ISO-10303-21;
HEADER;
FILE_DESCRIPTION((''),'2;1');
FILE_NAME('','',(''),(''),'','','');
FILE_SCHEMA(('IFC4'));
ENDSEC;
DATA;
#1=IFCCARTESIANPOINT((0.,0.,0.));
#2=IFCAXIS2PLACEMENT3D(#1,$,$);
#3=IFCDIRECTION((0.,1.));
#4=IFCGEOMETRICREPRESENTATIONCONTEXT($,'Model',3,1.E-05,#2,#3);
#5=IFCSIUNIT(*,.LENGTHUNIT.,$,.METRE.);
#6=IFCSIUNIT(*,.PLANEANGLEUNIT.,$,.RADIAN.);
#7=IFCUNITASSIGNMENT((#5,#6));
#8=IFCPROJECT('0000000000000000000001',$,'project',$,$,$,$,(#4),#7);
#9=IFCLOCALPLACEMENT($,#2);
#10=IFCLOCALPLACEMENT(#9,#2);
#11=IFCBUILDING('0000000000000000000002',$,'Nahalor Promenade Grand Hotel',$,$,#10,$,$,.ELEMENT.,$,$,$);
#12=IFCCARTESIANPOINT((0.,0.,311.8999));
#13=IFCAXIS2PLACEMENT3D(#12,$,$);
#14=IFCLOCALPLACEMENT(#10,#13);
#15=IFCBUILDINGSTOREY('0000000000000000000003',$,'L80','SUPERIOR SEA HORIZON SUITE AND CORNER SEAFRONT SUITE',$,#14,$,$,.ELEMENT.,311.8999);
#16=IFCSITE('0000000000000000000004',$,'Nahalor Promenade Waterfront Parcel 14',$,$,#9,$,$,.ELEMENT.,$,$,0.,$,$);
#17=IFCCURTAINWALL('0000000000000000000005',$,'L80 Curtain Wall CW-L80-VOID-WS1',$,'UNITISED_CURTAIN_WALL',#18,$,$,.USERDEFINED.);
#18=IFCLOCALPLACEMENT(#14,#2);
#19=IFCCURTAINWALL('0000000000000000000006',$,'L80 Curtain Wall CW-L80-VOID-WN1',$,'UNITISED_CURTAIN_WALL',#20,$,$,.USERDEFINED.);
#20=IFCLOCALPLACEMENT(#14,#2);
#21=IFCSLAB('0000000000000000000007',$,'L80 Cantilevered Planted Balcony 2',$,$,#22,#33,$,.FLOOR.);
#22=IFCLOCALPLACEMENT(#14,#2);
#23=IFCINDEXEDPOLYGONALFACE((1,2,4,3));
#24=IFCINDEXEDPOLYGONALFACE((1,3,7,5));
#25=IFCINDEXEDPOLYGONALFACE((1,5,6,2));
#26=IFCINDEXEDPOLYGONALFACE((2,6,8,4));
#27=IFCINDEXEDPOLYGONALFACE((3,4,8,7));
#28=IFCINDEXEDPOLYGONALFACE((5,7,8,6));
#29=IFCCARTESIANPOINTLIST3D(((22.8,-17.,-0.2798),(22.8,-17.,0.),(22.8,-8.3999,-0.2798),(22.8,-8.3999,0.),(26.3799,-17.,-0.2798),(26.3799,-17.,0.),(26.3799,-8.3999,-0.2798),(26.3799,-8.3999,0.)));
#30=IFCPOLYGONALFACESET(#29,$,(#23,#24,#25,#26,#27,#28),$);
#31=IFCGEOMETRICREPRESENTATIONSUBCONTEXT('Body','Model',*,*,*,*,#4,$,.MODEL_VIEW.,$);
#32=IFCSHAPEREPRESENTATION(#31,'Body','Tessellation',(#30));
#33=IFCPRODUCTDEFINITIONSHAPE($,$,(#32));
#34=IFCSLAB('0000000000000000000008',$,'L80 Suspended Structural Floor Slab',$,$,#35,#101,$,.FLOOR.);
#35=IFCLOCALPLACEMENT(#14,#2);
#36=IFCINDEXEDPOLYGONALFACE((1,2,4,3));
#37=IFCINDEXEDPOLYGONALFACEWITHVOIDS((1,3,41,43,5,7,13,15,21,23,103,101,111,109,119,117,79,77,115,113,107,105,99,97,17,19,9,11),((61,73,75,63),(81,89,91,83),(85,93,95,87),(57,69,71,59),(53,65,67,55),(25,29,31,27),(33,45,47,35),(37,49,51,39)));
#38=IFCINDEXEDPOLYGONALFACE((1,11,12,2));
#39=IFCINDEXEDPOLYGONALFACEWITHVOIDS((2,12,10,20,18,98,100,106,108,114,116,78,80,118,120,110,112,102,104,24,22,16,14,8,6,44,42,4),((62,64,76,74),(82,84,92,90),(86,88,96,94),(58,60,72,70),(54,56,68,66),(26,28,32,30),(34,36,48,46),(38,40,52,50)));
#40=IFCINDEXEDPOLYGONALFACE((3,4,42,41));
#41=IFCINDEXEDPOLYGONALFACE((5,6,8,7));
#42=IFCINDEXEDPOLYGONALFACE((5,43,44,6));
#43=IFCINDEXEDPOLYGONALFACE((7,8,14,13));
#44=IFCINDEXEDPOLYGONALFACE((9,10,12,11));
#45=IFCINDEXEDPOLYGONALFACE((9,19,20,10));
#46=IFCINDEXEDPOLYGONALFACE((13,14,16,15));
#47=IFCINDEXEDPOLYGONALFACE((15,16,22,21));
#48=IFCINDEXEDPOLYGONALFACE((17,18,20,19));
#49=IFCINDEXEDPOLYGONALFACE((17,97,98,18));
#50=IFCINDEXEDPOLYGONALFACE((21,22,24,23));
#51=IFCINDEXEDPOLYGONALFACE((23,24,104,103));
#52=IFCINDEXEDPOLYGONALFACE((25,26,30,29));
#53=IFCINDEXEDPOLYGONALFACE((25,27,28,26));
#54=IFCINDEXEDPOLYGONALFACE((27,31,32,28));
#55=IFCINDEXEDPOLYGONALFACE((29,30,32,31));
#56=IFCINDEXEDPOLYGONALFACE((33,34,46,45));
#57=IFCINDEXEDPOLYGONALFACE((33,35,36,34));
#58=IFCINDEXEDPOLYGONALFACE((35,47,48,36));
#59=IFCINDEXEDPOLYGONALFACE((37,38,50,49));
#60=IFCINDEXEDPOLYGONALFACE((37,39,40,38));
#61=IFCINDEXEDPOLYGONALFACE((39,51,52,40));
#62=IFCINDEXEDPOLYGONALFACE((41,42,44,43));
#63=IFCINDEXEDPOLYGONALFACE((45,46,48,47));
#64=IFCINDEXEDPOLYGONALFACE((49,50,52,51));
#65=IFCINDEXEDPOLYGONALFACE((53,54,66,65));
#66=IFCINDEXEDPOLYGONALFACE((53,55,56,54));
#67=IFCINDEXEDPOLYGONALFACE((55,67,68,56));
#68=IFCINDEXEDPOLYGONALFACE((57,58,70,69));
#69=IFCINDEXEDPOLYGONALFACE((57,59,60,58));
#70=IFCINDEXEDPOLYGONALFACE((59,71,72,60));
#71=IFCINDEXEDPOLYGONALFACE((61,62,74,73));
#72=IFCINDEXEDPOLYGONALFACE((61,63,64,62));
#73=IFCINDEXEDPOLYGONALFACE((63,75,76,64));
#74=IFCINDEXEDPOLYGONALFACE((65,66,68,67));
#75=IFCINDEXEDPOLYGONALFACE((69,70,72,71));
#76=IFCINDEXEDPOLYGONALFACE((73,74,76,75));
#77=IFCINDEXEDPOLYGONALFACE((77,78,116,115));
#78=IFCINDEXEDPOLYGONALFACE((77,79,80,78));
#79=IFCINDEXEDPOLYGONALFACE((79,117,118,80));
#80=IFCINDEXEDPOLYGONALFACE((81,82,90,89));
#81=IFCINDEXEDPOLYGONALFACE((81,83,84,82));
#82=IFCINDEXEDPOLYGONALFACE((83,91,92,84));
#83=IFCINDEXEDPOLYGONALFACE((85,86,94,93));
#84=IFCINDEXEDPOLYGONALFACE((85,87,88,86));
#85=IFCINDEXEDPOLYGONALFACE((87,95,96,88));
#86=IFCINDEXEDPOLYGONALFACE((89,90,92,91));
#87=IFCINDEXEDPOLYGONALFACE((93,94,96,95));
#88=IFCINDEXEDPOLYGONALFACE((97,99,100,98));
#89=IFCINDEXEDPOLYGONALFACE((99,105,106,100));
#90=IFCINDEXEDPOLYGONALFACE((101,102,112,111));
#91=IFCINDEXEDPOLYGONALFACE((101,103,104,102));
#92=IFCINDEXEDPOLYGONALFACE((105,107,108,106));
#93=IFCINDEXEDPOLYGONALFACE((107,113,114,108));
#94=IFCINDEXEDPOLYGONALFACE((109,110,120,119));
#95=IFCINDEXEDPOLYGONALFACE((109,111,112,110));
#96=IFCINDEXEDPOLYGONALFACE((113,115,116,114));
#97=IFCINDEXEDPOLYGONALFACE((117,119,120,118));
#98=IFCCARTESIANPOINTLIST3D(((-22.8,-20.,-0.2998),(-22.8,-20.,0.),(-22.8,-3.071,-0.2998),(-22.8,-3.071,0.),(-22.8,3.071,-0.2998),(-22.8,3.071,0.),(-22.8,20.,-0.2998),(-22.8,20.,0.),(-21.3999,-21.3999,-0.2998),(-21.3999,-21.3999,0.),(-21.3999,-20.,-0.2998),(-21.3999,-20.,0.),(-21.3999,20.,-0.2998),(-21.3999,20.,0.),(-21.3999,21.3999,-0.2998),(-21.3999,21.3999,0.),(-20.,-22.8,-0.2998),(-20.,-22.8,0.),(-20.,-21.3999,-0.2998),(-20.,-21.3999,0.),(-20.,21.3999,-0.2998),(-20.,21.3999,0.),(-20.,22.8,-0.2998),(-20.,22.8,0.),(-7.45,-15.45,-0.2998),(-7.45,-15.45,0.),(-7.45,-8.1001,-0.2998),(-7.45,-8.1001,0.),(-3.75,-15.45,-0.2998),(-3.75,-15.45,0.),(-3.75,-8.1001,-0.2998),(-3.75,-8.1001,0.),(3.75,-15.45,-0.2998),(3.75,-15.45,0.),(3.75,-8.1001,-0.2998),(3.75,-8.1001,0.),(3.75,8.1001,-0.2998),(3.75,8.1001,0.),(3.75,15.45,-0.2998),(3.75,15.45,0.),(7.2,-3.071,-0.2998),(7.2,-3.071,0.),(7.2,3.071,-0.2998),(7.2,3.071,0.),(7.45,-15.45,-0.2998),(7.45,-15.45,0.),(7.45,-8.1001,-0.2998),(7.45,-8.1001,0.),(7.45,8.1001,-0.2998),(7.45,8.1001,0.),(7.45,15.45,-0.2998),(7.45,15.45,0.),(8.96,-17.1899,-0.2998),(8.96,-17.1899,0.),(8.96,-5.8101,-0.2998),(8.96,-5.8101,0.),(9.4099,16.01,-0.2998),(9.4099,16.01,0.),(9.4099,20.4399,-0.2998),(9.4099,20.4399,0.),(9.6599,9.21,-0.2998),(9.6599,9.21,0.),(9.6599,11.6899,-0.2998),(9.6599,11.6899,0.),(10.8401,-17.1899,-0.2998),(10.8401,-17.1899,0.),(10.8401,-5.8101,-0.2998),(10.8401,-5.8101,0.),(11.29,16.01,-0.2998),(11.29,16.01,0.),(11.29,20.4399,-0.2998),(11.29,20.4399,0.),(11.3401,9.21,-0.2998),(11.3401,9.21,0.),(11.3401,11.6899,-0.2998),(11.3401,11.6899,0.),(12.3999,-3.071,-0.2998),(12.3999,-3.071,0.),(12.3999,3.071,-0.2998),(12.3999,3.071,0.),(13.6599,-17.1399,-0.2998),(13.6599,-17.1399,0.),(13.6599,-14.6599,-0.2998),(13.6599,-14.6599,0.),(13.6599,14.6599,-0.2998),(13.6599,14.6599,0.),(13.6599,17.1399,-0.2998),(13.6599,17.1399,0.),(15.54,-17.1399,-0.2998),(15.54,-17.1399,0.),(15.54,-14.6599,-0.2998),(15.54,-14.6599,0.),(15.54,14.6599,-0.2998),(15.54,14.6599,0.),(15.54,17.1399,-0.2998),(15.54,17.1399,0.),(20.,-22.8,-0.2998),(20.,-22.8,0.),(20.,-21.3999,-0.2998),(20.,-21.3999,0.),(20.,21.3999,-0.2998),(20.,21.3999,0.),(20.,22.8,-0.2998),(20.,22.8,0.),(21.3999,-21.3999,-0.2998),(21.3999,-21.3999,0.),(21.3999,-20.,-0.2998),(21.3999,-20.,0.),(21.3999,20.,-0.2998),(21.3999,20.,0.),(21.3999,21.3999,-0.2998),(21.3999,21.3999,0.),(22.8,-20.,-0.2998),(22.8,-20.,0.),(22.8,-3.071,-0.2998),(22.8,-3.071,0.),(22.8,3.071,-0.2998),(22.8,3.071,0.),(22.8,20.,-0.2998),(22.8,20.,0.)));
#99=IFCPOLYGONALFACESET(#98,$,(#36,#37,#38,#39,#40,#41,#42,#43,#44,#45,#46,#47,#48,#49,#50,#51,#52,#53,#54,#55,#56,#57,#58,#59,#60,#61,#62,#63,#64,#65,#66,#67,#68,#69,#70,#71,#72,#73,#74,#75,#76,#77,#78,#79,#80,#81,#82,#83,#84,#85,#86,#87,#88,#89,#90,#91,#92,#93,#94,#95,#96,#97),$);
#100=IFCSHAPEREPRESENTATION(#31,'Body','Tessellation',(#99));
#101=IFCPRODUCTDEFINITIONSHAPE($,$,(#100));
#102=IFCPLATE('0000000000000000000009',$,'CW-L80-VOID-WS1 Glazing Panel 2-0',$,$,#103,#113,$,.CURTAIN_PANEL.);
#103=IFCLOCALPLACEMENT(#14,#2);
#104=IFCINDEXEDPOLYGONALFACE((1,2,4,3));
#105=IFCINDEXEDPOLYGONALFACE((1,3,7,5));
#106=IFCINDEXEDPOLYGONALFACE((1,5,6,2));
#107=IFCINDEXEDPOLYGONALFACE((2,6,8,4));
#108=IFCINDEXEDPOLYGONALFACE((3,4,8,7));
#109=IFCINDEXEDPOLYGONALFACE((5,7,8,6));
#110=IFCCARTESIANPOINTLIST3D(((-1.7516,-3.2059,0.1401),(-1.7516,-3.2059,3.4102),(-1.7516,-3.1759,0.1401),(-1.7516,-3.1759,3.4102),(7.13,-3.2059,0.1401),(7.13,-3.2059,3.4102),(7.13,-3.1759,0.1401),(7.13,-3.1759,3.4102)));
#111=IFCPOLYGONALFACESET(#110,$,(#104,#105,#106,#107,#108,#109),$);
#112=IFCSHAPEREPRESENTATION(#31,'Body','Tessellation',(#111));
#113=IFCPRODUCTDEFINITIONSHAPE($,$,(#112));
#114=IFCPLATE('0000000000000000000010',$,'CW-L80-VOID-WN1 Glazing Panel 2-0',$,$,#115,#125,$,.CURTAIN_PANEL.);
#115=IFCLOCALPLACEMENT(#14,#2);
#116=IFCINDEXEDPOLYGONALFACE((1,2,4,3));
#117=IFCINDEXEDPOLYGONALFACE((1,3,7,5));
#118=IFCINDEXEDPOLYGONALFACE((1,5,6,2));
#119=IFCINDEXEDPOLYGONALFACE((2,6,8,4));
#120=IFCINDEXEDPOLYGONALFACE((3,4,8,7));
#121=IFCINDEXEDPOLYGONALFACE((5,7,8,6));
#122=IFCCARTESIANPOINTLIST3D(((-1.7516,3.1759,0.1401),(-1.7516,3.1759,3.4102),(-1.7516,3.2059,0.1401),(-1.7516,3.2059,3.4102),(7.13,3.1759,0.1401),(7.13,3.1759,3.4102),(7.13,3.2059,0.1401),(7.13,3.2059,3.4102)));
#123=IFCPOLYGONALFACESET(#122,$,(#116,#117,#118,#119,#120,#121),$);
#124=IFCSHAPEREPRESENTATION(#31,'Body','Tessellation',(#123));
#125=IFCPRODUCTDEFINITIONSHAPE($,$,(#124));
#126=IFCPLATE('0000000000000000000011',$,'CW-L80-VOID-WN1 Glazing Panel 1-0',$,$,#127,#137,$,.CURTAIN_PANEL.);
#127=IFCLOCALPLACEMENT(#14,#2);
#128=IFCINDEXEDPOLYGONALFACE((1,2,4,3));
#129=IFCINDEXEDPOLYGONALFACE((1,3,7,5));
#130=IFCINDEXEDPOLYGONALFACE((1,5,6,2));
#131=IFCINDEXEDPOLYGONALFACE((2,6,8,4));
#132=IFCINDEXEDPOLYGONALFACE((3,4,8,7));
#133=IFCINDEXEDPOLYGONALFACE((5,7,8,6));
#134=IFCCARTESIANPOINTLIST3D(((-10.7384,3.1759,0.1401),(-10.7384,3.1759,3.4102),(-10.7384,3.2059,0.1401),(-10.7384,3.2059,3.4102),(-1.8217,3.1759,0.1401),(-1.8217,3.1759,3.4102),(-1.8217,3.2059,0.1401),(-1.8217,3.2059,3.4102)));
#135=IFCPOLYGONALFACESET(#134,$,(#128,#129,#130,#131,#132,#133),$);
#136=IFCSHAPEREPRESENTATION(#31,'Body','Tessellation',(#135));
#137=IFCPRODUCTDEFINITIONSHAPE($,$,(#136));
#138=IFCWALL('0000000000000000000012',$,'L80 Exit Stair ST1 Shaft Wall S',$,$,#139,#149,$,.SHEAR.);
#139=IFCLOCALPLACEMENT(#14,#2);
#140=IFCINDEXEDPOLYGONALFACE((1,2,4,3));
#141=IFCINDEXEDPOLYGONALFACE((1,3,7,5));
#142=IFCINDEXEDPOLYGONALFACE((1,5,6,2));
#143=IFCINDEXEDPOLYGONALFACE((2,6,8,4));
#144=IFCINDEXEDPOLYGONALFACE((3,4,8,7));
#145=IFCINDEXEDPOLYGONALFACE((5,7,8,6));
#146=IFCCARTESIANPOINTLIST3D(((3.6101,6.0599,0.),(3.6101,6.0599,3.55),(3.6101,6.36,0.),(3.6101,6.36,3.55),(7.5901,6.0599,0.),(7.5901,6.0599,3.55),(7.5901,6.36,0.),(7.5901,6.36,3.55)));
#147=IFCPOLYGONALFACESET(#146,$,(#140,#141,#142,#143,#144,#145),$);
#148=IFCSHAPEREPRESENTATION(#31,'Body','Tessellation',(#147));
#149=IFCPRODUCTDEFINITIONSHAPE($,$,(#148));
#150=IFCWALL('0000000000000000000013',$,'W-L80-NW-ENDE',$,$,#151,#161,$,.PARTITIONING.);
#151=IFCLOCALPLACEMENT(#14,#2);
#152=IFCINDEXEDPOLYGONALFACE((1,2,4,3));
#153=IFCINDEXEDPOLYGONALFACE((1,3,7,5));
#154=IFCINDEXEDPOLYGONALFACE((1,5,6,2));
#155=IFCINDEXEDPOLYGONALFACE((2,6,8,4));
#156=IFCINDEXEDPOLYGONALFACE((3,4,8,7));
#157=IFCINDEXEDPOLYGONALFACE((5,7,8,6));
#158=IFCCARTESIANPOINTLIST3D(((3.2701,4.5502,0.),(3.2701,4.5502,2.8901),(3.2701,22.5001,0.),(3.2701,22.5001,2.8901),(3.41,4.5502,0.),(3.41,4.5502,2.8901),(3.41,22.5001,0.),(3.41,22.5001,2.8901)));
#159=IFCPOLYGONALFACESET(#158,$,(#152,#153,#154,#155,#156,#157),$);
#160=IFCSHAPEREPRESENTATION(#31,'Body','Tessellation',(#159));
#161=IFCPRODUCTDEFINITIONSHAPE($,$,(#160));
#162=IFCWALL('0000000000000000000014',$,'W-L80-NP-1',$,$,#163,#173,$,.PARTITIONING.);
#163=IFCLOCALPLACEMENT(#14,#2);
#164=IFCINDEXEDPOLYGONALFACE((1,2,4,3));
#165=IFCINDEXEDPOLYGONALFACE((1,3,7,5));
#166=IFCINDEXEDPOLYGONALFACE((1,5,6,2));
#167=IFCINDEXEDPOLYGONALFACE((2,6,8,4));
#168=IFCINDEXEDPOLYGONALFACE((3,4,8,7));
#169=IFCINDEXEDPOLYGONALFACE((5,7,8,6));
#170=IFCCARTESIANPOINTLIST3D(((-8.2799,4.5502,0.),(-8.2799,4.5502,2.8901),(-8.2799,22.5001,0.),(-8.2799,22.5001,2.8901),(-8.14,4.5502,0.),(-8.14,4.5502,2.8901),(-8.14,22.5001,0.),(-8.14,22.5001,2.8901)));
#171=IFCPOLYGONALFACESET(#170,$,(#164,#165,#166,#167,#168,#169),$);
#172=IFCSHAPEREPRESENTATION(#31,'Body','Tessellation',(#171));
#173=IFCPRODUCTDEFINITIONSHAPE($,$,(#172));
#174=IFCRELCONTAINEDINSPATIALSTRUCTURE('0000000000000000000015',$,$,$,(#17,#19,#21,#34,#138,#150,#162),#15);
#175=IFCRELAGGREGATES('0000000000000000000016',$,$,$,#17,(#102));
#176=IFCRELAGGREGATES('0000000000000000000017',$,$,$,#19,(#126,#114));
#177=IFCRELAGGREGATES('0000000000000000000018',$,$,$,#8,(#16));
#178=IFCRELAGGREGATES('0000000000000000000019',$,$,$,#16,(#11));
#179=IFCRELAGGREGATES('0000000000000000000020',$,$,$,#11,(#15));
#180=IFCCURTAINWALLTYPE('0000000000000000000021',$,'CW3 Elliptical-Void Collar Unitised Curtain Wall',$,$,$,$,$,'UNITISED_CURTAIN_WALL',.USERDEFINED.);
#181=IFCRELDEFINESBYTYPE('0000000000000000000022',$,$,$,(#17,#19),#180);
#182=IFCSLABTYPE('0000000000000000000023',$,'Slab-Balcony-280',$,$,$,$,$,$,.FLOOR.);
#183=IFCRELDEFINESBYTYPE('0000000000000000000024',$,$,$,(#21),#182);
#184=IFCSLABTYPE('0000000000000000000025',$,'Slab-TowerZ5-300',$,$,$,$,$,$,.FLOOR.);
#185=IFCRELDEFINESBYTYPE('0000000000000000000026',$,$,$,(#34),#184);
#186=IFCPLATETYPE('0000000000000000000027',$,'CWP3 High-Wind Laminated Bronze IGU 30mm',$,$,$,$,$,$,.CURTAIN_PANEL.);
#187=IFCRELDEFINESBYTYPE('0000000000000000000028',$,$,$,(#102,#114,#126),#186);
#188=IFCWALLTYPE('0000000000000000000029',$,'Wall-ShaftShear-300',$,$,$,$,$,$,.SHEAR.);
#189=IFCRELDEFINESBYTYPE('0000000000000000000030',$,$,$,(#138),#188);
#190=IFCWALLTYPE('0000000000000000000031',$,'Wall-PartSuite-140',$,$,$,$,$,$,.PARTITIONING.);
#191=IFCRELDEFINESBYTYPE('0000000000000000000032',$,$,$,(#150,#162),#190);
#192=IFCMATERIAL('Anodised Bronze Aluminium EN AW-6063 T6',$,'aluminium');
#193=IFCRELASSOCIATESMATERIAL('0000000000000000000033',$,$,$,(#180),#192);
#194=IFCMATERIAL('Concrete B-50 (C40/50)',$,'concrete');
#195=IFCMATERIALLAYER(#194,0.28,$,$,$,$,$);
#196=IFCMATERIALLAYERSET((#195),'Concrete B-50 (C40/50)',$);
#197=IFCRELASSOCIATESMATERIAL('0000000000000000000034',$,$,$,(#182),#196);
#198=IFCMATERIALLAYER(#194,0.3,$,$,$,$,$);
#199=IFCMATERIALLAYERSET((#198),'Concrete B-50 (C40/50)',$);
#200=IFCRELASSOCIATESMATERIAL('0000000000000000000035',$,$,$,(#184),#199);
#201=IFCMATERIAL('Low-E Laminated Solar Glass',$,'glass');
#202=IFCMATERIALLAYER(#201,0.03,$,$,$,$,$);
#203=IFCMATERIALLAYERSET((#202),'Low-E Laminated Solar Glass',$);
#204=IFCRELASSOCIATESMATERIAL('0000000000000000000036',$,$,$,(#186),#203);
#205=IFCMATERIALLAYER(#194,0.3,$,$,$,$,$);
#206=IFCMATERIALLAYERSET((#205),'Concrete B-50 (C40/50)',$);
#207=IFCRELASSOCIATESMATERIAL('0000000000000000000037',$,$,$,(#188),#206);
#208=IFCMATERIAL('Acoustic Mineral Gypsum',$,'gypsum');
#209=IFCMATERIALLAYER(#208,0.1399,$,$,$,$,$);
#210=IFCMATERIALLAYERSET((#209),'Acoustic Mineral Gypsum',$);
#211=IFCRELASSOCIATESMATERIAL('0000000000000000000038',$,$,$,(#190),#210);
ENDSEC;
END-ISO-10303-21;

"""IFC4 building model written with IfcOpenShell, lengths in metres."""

from ifc_helpers import new_model, si_unit, direction, frame, frame_2d, origin, origin_2d, place, context, subcontext, project, spatial, polyline, rectangle, outline, extrude, source, transform, mapped, material, layer, layer_set, type_object, element, aggregate, save


model = new_model("IFC4")

# Units and contexts
model_context = context("Model", 3, precision=1e-05, world=origin(), true_north=direction((0.0, 1.0)))
body_context = subcontext(model_context, "Body", "Model", "MODEL_VIEW")
ifc_project = project(units=[si_unit("LENGTHUNIT", "METRE"), si_unit("PLANEANGLEUNIT", "RADIAN")], contexts=[model_context])

# Site, building, storey
site_placement = place(None, origin())
site = spatial("IfcSite", under=ifc_project, at=site_placement, Name="Nahalor Promenade Waterfront Parcel 14", CompositionType="ELEMENT", RefElevation=0.0)
building_placement = place(site_placement, origin())
building = spatial("IfcBuilding", under=site, at=building_placement, Name="Nahalor Promenade Grand Hotel", CompositionType="ELEMENT")
storey_placement = place(building_placement, frame((0.0, 0.0, 311.8999)))
storey = spatial("IfcBuildingStorey", under=building, at=storey_placement, Name="L80", Description="SUPERIOR SEA HORIZON SUITE AND CORNER SEAFRONT SUITE", CompositionType="ELEMENT", Elevation=311.8999)

# Shared definitions
ifc_material_1 = material(Name="Concrete B-50 (C40/50)", Category="concrete")

# Curtain walls
ifc_material_2 = material(Name="Anodised Bronze Aluminium EN AW-6063 T6", Category="aluminium")
curtain_wall_type = type_object("IfcCurtainWallType", Name="CW3 Elliptical-Void Collar Unitised Curtain Wall", ElementType="UNITISED_CURTAIN_WALL", PredefinedType="USERDEFINED", material=ifc_material_2)
curtain_wall_1_placement = place(storey_placement, origin())
curtain_wall_1 = element("IfcCurtainWall", 1, at=curtain_wall_1_placement, inside=storey, type_object=curtain_wall_type, Name="L80 Curtain Wall CW-L80-VOID-WS1", ObjectType="UNITISED_CURTAIN_WALL", PredefinedType="USERDEFINED")
curtain_wall_2_placement = place(storey_placement, origin())
curtain_wall_2 = element("IfcCurtainWall", 2, at=curtain_wall_2_placement, inside=storey, type_object=curtain_wall_type, Name="L80 Curtain Wall CW-L80-VOID-WN1", ObjectType="UNITISED_CURTAIN_WALL", PredefinedType="USERDEFINED")

# Slabs
ifc_layer_1 = layer(ifc_material_1, 0.28)
ifc_layer_set_1 = layer_set([ifc_layer_1], Name="Concrete B-50 (C40/50)")
slab_type_1 = type_object("IfcSlabType", Name="Slab-Balcony-280", PredefinedType="FLOOR", material=ifc_layer_set_1)
slab_1_placement = place(storey_placement, frame((0.0, 0.0, -0.2798)))
element("IfcSlab", 3, at=slab_1_placement, inside=storey, type_object=slab_type_1, Name="L80 Cantilevered Planted Balcony 2", PredefinedType="FLOOR", context=body_context, shape_type="SweptSolid", body=[
    extrude(outline(polyline([(22.8, -17.0), (26.3799, -17.0), (26.3799, -8.3999), (22.8, -8.3999), (22.8, -17.0)])), origin(), (0.0, 0.0, 1.0), 0.2798),
])
ifc_layer_2 = layer(ifc_material_1, 0.3)
ifc_layer_set_2 = layer_set([ifc_layer_2], Name="Concrete B-50 (C40/50)")
slab_type_2 = type_object("IfcSlabType", Name="Slab-TowerZ5-300", PredefinedType="FLOOR", material=ifc_layer_set_2)
slab_2_placement = place(storey_placement, frame((0.0, 0.0, -0.2998)))
element("IfcSlab", 4, at=slab_2_placement, inside=storey, type_object=slab_type_2, Name="L80 Suspended Structural Floor Slab", PredefinedType="FLOOR", context=body_context, shape_type="SweptSolid", body=[
    extrude(outline(polyline([(-20.0, -22.8), (20.0, -22.8), (20.0, -21.3999), (21.3999, -21.3999), (21.3999, -20.0), (22.8, -20.0), (22.8, -3.071), (12.3999, -3.071), (12.3999, 3.071), (22.8, 3.071), (22.8, 20.0), (21.3999, 20.0), (21.3999, 21.3999), (20.0, 21.3999), (20.0, 22.8), (-20.0, 22.8), (-20.0, 21.3999), (-21.3999, 21.3999), (-21.3999, 20.0), (-22.8, 20.0), (-22.8, 3.071), (7.2, 3.071), (7.2, -3.071), (-22.8, -3.071), (-22.8, -20.0), (-21.3999, -20.0), (-21.3999, -21.3999), (-20.0, -21.3999), (-20.0, -22.8)]), holes=[polyline([(3.75, 8.1001), (7.45, 8.1001), (7.45, 15.45), (3.75, 15.45), (3.75, 8.1001)]), polyline([(3.75, -15.45), (7.45, -15.45), (7.45, -8.1001), (3.75, -8.1001), (3.75, -15.45)]), polyline([(-7.45, -15.45), (-3.75, -15.45), (-3.75, -8.1001), (-7.45, -8.1001), (-7.45, -15.45)]), polyline([(8.96, -17.1899), (10.8401, -17.1899), (10.8401, -5.8101), (8.96, -5.8101), (8.96, -17.1899)]), polyline([(9.4099, 16.01), (11.29, 16.01), (11.29, 20.4399), (9.4099, 20.4399), (9.4099, 16.01)]), polyline([(9.6599, 9.21), (11.3401, 9.21), (11.3401, 11.6899), (9.6599, 11.6899), (9.6599, 9.21)]), polyline([(13.6599, 14.6599), (15.54, 14.6599), (15.54, 17.1399), (13.6599, 17.1399), (13.6599, 14.6599)]), polyline([(13.6599, -17.1399), (15.54, -17.1399), (15.54, -14.6599), (13.6599, -14.6599), (13.6599, -17.1399)])]), origin(), (0.0, 0.0, 1.0), 0.2998),
])

# Plates
ifc_material_3 = material(Name="Low-E Laminated Solar Glass", Category="glass")
ifc_layer_3 = layer(ifc_material_3, 0.03)
ifc_layer_set_3 = layer_set([ifc_layer_3], Name="Low-E Laminated Solar Glass")
plate_type = type_object("IfcPlateType", Name="CWP3 High-Wind Laminated Bronze IGU 30mm", PredefinedType="CURTAIN_PANEL", material=ifc_layer_set_3)
shared_shape_1 = source(origin(), body_context, "Body", "SweptSolid", [
    extrude(rectangle(XDim=8.8816, YDim=0.03, at=origin_2d()), origin(), (0.0, 0.0, 1.0), 3.27),
])
plate_1_placement = place(storey_placement, frame((2.6892, -3.1909, 0.1401), z_axis=(0.0, 0.0, 1.0), x_axis=(1.0, 0.0, 0.0)))
plate_1 = element("IfcPlate", 5, at=plate_1_placement, type_object=plate_type, Name="CW-L80-VOID-WS1 Glazing Panel 2-0", PredefinedType="CURTAIN_PANEL", context=body_context, shape_type="MappedRepresentation", body=[
    mapped(shared_shape_1, transform((0.0, 0.0, 0.0), scale=1.0)),
])
aggregate(curtain_wall_1, [plate_1])
plate_2_placement = place(storey_placement, frame((2.6892, 3.1909, 0.1401), z_axis=(0.0, 0.0, 1.0), x_axis=(1.0, 0.0, 0.0)))
plate_2 = element("IfcPlate", 6, at=plate_2_placement, type_object=plate_type, Name="CW-L80-VOID-WN1 Glazing Panel 2-0", PredefinedType="CURTAIN_PANEL", context=body_context, shape_type="MappedRepresentation", body=[
    mapped(shared_shape_1, transform((0.0, 0.0, 0.0), scale=1.0)),
])
shared_shape_2 = source(origin(), body_context, "Body", "SweptSolid", [
    extrude(rectangle(XDim=8.9167, YDim=0.03, at=origin_2d()), origin(), (0.0, 0.0, 1.0), 3.27),
])
plate_3_placement = place(storey_placement, frame((-6.28, 3.1909, 0.1401), z_axis=(0.0, 0.0, 1.0), x_axis=(1.0, 0.0, 0.0)))
plate_3 = element("IfcPlate", 7, at=plate_3_placement, type_object=plate_type, Name="CW-L80-VOID-WN1 Glazing Panel 1-0", PredefinedType="CURTAIN_PANEL", context=body_context, shape_type="MappedRepresentation", body=[
    mapped(shared_shape_2, transform((0.0, 0.0, 0.0), scale=1.0)),
])
aggregate(curtain_wall_2, [plate_3, plate_2])

# Walls
ifc_layer_4 = layer(ifc_material_1, 0.3)
ifc_layer_set_4 = layer_set([ifc_layer_4], Name="Concrete B-50 (C40/50)")
wall_type_1 = type_object("IfcWallType", Name="Wall-ShaftShear-300", PredefinedType="SHEAR", material=ifc_layer_set_4)
shared_shape_3 = source(origin(), body_context, "Body", "SweptSolid", [
    extrude(rectangle(XDim=3.98, YDim=0.3, at=frame_2d((1.99, 0.0))), origin(), (0.0, 0.0, 1.0), 3.55),
])
wall_placement = place(storey_placement, frame((3.6101, 6.21, 0.0), z_axis=(0.0, 0.0, 1.0), x_axis=(1.0, 0.0, 0.0)))
element("IfcWall", 8, at=wall_placement, inside=storey, type_object=wall_type_1, Name="L80 Exit Stair ST1 Shaft Wall S", PredefinedType="SHEAR", context=body_context, shape_type="MappedRepresentation", body=[
    mapped(shared_shape_3, transform((0.0, 0.0, 0.0), scale=1.0)),
])
ifc_material_4 = material(Name="Acoustic Mineral Gypsum", Category="gypsum")
ifc_layer_5 = layer(ifc_material_4, 0.1399)
ifc_layer_set_5 = layer_set([ifc_layer_5], Name="Acoustic Mineral Gypsum")
wall_type_2 = type_object("IfcWallType", Name="Wall-PartSuite-140", PredefinedType="PARTITIONING", material=ifc_layer_set_5)
shared_shape_4 = source(origin(), body_context, "Body", "SweptSolid", [
    extrude(rectangle(XDim=17.95, YDim=0.1399, at=frame_2d((8.9751, 0.0))), origin(), (0.0, 0.0, 1.0), 2.8901),
])
for number, where, z_axis, x_axis, name in (
    (9, (3.3401, 4.55, 0.0), (0.0, 0.0, 1.0), (0.0, 1.0, 0.0), "W-L80-NW-ENDE"),
    (10, (-8.21, 4.55, 0.0), (0.0, 0.0, 1.0), (0.0, 1.0, 0.0), "W-L80-NP-1"),
):
    element("IfcWall", number, at=place(storey_placement, frame(where, z_axis=z_axis, x_axis=x_axis)), inside=storey, type_object=wall_type_2, Name=name, PredefinedType="PARTITIONING", context=body_context, shape_type="MappedRepresentation", body=[
        mapped(shared_shape_4, transform((0.0, 0.0, 0.0), scale=1.0)),
    ])

save(model, "model.ifc")
